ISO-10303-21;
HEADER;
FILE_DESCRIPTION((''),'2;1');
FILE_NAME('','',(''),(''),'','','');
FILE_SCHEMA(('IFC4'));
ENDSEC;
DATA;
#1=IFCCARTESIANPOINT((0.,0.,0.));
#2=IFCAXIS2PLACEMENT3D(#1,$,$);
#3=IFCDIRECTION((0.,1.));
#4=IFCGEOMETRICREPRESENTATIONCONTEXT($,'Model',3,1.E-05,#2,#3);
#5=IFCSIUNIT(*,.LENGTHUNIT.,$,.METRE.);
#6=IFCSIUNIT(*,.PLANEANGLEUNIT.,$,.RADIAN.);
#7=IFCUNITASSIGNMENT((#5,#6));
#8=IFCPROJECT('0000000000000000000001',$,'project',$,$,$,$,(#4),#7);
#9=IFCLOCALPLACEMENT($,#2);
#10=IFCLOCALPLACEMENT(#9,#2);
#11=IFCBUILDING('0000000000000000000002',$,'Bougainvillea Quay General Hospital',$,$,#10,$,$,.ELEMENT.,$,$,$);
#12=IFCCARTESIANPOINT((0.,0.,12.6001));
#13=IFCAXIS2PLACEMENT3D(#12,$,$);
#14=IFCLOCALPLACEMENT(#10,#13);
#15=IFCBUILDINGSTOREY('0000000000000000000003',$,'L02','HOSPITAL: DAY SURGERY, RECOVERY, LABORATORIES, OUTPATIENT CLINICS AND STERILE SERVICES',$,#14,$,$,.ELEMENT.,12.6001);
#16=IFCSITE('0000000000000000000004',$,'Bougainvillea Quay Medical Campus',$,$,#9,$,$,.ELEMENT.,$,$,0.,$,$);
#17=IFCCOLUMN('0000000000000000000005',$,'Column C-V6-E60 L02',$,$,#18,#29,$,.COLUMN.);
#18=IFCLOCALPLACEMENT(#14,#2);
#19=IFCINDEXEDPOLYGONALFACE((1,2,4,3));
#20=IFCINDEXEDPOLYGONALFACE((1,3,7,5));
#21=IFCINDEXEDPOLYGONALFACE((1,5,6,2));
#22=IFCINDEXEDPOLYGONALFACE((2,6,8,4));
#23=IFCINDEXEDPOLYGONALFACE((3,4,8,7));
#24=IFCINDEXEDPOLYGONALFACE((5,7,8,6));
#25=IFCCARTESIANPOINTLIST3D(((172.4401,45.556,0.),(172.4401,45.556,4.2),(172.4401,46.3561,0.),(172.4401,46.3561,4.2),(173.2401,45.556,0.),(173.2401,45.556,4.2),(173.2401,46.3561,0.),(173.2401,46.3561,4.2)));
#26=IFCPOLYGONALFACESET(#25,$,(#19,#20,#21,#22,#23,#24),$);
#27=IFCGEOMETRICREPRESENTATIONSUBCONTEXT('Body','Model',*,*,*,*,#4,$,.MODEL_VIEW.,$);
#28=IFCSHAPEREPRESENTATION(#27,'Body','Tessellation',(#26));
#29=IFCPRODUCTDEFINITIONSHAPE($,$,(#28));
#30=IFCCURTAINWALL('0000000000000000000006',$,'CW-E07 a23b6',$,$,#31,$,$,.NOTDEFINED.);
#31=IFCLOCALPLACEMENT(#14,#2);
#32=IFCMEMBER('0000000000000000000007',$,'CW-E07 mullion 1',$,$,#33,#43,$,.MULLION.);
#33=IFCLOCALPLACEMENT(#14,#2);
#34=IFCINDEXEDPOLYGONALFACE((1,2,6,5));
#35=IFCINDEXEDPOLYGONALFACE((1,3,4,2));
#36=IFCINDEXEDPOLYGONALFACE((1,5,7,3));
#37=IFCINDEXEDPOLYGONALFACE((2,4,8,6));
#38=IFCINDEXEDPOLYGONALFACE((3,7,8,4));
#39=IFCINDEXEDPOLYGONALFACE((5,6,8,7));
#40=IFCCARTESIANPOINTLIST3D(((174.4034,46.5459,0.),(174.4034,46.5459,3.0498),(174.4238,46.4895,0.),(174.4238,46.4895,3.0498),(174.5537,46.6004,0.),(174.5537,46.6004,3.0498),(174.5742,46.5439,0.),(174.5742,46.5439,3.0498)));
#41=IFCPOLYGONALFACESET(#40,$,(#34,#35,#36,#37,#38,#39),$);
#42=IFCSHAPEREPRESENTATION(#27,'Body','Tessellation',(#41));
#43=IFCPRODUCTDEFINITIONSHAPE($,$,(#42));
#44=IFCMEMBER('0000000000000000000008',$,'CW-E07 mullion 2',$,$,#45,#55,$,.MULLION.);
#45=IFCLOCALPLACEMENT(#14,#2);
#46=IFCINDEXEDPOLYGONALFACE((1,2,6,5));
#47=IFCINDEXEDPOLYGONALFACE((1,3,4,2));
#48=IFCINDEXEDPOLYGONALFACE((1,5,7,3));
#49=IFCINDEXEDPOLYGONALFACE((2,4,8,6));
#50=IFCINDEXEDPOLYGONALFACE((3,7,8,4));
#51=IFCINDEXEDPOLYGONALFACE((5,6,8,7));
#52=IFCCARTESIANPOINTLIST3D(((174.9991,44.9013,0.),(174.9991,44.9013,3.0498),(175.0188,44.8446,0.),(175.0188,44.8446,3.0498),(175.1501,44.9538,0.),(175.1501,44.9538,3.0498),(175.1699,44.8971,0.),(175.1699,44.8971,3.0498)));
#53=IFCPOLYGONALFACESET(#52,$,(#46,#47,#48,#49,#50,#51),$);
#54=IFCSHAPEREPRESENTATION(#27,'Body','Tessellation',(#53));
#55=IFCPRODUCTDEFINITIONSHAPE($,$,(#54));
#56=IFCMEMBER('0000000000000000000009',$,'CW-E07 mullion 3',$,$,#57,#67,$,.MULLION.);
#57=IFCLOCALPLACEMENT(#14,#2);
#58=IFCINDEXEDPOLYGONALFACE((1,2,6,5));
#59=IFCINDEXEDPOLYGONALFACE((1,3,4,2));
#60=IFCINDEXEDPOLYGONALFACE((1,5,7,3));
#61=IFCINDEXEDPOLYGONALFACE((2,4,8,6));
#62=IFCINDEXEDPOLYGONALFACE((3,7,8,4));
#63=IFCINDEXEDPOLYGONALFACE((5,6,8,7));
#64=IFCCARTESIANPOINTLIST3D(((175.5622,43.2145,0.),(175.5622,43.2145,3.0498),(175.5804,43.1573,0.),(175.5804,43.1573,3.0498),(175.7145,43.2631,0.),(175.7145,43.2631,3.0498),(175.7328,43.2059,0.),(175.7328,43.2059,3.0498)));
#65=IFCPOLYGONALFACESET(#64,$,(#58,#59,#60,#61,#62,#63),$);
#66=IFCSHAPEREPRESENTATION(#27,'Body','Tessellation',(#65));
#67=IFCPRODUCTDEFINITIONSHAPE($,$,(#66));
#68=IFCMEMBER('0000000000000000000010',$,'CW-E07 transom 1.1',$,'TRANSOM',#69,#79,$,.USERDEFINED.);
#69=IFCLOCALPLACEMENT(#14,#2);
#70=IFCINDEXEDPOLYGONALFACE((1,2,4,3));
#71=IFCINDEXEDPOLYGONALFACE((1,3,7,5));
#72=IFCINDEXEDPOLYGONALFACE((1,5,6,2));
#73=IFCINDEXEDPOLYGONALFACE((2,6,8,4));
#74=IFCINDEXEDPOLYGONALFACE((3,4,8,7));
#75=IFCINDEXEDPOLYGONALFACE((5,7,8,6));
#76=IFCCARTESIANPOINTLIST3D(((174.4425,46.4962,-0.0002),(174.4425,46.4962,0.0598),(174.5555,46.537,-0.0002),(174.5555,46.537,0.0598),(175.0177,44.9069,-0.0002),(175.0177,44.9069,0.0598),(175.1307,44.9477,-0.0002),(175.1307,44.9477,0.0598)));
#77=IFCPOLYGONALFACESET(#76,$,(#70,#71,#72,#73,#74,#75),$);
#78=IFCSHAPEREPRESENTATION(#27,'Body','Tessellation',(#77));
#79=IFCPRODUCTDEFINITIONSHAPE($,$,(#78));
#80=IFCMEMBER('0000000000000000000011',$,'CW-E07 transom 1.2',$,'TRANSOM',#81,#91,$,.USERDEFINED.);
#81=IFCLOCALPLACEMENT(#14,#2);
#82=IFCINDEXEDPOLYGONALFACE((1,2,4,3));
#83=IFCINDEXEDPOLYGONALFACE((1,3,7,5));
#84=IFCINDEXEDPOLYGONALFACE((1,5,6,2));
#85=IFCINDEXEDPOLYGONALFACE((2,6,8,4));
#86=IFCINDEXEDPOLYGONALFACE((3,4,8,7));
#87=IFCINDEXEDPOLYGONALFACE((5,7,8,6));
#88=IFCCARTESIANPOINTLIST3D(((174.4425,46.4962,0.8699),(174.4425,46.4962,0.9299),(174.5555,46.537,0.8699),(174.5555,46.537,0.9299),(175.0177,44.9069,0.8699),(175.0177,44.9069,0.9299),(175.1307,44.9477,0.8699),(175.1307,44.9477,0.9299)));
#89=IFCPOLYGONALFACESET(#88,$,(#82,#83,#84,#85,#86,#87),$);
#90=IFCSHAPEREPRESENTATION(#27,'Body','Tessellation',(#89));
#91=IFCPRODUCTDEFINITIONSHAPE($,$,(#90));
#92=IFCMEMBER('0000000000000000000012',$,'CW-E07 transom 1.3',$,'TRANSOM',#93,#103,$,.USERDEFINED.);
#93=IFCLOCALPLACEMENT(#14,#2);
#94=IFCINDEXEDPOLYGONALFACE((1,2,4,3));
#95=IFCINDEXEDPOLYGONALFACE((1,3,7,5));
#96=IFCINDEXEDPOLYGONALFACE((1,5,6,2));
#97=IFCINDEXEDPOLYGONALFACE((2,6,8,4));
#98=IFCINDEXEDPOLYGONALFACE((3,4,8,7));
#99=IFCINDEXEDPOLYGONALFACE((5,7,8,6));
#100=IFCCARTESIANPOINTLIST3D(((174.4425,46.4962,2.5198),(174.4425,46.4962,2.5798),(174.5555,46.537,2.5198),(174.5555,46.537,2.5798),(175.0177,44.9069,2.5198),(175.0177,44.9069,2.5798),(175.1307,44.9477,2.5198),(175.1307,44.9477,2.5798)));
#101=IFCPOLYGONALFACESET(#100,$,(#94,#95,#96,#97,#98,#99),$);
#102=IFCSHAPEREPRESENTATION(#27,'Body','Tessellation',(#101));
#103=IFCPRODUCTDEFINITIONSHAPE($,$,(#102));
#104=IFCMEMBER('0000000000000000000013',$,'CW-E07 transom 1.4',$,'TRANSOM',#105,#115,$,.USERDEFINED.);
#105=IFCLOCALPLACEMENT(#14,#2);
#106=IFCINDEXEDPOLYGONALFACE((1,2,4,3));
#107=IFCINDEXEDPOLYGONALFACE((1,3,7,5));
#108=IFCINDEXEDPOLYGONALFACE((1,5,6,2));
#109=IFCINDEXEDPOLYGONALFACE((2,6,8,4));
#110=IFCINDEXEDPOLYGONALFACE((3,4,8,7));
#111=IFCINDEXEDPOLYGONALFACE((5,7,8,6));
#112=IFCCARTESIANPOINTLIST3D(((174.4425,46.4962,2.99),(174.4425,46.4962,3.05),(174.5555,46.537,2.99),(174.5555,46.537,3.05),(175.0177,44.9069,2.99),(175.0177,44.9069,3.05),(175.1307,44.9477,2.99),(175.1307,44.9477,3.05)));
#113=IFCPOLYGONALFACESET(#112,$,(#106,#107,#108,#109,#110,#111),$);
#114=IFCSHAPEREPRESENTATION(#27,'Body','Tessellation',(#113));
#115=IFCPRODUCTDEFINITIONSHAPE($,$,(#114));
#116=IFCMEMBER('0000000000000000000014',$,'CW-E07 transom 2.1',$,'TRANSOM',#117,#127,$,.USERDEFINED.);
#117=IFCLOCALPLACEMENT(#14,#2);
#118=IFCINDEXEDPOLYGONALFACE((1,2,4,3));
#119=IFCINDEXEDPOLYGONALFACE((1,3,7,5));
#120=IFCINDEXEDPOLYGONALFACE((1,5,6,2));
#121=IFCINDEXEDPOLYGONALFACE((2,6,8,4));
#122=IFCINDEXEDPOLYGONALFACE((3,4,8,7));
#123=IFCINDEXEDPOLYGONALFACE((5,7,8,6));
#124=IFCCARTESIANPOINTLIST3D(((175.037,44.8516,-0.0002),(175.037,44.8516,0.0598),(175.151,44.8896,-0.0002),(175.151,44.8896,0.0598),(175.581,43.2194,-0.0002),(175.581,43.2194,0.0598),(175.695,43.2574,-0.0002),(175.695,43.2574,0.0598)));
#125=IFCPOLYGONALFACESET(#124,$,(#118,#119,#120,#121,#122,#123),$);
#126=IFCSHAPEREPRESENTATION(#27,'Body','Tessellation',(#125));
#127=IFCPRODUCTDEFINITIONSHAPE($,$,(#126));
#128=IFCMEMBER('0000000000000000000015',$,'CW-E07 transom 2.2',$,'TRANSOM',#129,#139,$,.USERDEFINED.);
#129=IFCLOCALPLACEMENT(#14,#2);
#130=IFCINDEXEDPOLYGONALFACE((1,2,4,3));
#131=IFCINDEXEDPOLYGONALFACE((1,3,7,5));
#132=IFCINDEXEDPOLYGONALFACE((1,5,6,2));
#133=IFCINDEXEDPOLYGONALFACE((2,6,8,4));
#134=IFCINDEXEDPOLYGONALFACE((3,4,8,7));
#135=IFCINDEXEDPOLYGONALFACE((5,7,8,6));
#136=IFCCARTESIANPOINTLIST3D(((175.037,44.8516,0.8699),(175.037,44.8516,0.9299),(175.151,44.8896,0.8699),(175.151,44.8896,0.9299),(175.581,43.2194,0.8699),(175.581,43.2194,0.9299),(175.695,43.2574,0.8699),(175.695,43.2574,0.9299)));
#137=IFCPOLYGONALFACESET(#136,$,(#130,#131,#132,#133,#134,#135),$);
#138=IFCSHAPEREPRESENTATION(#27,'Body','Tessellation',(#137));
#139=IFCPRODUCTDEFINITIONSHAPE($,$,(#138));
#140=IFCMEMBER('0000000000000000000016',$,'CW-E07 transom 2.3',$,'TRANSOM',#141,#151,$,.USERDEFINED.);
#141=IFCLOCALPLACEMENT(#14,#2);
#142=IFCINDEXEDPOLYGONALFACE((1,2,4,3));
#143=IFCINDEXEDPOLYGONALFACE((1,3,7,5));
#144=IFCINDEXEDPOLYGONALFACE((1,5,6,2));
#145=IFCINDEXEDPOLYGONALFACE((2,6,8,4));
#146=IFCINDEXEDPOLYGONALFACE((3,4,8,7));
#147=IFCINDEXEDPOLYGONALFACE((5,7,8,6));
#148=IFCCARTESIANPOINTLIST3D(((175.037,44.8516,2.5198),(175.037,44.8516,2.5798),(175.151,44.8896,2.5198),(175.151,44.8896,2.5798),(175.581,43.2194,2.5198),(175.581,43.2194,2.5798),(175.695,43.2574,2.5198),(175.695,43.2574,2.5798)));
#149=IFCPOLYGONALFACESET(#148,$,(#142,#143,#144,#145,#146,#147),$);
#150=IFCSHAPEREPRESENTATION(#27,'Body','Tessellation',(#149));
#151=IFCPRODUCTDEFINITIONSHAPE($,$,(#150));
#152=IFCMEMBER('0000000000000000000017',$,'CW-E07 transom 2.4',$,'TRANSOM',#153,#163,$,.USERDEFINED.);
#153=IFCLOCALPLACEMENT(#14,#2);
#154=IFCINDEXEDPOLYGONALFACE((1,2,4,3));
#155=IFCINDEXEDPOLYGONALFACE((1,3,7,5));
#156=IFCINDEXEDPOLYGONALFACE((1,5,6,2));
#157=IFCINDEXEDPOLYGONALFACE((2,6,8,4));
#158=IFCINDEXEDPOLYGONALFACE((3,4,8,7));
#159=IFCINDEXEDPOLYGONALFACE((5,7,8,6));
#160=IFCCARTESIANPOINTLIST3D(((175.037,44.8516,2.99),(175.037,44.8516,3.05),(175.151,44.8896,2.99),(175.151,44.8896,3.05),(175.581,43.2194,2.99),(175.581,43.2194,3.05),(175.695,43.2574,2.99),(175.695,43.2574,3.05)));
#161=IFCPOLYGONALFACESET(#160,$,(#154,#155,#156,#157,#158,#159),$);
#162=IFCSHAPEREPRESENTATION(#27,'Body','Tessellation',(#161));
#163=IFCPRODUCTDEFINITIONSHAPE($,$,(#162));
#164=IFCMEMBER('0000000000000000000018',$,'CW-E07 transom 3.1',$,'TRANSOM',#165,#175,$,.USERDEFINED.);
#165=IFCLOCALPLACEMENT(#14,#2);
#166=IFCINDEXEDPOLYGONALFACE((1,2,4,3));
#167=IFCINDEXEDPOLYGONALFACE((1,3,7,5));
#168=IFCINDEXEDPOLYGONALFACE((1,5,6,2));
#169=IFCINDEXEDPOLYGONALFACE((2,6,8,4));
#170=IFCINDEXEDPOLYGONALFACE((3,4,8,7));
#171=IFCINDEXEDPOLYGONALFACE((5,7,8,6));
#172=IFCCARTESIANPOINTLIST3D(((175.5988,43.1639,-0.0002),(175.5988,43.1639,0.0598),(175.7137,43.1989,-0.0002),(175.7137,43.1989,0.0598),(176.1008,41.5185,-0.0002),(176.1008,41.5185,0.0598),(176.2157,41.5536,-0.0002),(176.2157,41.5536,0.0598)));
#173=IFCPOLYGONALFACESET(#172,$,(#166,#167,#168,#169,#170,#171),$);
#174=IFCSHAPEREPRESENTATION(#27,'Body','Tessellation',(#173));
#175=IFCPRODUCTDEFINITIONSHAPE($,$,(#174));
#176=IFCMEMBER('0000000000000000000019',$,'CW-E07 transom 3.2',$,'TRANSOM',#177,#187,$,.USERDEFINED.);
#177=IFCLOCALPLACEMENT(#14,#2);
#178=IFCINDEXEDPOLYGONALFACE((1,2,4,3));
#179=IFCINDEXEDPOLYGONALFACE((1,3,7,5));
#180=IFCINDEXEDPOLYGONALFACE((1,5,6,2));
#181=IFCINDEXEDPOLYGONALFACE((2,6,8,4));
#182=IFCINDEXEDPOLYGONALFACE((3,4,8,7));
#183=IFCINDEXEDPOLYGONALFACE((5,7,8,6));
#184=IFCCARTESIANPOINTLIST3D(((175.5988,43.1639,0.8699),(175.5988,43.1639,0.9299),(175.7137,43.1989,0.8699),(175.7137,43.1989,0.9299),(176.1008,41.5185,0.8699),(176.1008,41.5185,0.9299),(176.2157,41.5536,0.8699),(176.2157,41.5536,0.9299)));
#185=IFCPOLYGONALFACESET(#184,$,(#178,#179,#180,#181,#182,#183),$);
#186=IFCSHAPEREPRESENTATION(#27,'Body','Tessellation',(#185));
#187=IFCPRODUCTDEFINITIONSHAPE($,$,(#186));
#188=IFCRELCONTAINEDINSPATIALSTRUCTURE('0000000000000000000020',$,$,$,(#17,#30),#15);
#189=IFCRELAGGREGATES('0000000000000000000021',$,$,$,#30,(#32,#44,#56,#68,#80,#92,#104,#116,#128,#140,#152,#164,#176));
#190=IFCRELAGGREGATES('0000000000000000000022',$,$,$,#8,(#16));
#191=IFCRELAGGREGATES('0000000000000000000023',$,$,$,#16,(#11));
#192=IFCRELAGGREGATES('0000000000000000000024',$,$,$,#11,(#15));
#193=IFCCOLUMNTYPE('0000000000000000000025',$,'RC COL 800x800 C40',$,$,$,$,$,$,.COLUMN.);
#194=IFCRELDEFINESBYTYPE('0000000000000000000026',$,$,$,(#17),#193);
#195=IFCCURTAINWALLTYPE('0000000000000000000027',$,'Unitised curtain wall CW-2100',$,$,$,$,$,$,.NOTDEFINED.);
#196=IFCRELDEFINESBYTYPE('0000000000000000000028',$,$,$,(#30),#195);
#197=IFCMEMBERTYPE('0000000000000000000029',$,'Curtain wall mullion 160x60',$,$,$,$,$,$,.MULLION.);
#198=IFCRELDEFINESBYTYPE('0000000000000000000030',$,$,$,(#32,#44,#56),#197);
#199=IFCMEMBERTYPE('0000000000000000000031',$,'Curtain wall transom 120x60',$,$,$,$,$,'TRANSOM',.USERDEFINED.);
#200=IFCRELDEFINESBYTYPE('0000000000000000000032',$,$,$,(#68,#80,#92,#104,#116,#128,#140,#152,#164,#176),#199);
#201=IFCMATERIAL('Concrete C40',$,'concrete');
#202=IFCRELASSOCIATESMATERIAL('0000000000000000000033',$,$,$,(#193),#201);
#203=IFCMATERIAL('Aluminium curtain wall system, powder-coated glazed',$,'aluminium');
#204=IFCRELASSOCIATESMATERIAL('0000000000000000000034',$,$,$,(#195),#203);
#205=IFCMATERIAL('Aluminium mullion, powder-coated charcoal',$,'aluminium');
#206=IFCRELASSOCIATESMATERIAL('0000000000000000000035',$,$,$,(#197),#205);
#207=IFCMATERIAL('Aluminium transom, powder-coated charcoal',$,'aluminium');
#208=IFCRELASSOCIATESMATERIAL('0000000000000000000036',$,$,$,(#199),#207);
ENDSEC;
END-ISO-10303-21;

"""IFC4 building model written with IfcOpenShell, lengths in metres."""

from ifc_helpers import new_model, si_unit, direction, frame, origin, origin_2d, place, context, subcontext, project, spatial, rectangle, extrude, material, material_profile, profile_set, type_object, element, aggregate, save


model = new_model("IFC4")

# Units and contexts
model_context = context("Model", 3, precision=1e-05, world=origin(), true_north=direction((0.0, 1.0)))
body_context = subcontext(model_context, "Body", "Model", "MODEL_VIEW")
ifc_project = project(units=[si_unit("LENGTHUNIT", "METRE"), si_unit("PLANEANGLEUNIT", "RADIAN")], contexts=[model_context])

# Site, building, storey
site_placement = place(None, origin())
site = spatial("IfcSite", under=ifc_project, at=site_placement, Name="Bougainvillea Quay Medical Campus", CompositionType="ELEMENT", RefElevation=0.0)
building_placement = place(site_placement, origin())
building = spatial("IfcBuilding", under=site, at=building_placement, Name="Bougainvillea Quay General Hospital", CompositionType="ELEMENT")
storey_placement = place(building_placement, frame((0.0, 0.0, 12.6001)))
storey = spatial("IfcBuildingStorey", under=building, at=storey_placement, Name="L02", Description="HOSPITAL: DAY SURGERY, RECOVERY, LABORATORIES, OUTPATIENT CLINICS AND STERILE SERVICES", CompositionType="ELEMENT", Elevation=12.6001)

# Column
ifc_material_1 = material(Name="Concrete C40", Category="concrete")
ifc_material_profile_1 = material_profile(ifc_material_1, rectangle(XDim=0.8, YDim=0.8, at=origin_2d()))
ifc_profile_set_1 = profile_set([ifc_material_profile_1], Name="Concrete C40")
column_type = type_object("IfcColumnType", Name="RC COL 800x800 C40", PredefinedType="COLUMN", material=ifc_profile_set_1)
column_placement = place(storey_placement, frame((172.8401, 45.9561, 0.0), z_axis=(0.0, 0.0, 1.0), x_axis=(1.0, 0.0, 0.0)))
element("IfcColumn", 1, at=column_placement, inside=storey, type_object=column_type, Name="Column C-V6-E60 L02", PredefinedType="COLUMN", context=body_context, shape_type="SweptSolid", body=[
    extrude(rectangle(XDim=0.8, YDim=0.8, at=origin_2d()), origin(), (0.0, 0.0, 1.0), 4.2),
])

# Curtain wall, members
ifc_material_2 = material(Name="Aluminium curtain wall system, powder-coated glazed", Category="aluminium")
curtain_wall_type = type_object("IfcCurtainWallType", Name="Unitised curtain wall CW-2100", PredefinedType="NOTDEFINED", material=ifc_material_2)
curtain_wall_placement = place(storey_placement, origin())
curtain_wall = element("IfcCurtainWall", 2, at=curtain_wall_placement, inside=storey, type_object=curtain_wall_type, Name="CW-E07 a23b6", PredefinedType="NOTDEFINED")
ifc_material_3 = material(Name="Aluminium mullion, powder-coated charcoal", Category="aluminium")
ifc_material_profile_2 = material_profile(ifc_material_3, rectangle(XDim=0.1599, YDim=0.0601, at=origin_2d()))
ifc_profile_set_2 = profile_set([ifc_material_profile_2], Name="Aluminium mullion, powder-coated charcoal")
member_type_1 = type_object("IfcMemberType", Name="Curtain wall mullion 160x60", PredefinedType="MULLION", material=ifc_profile_set_2)
member_1_placement = place(storey_placement, frame((174.4888, 46.5449, 0.0), z_axis=(0.0, 0.0, 1.0), x_axis=(0.940307, 0.340327, 0.0)))
member_1 = element("IfcMember", 3, at=member_1_placement, type_object=member_type_1, Name="CW-E07 mullion 1", PredefinedType="MULLION", context=body_context, shape_type="SweptSolid", body=[
    extrude(rectangle(XDim=0.1599, YDim=0.0601, at=origin_2d()), origin(), (0.0, 0.0, 1.0), 3.0498),
])
member_2_placement = place(storey_placement, frame((175.0845, 44.8992, 0.0), z_axis=(0.0, 0.0, 1.0), x_axis=(0.944574, 0.3283, 0.0)))
member_2 = element("IfcMember", 4, at=member_2_placement, type_object=member_type_1, Name="CW-E07 mullion 2", PredefinedType="MULLION", context=body_context, shape_type="SweptSolid", body=[
    extrude(rectangle(XDim=0.1599, YDim=0.0601, at=origin_2d()), origin(), (0.0, 0.0, 1.0), 3.0498),
])
member_3_placement = place(storey_placement, frame((175.6475, 43.2102, 0.0), z_axis=(0.0, 0.0, 1.0), x_axis=(0.952644, 0.304086, 0.0)))
member_3 = element("IfcMember", 5, at=member_3_placement, type_object=member_type_1, Name="CW-E07 mullion 3", PredefinedType="MULLION", context=body_context, shape_type="SweptSolid", body=[
    extrude(rectangle(XDim=0.1599, YDim=0.0601, at=origin_2d()), origin(), (0.0, 0.0, 1.0), 3.0498),
])
ifc_material_4 = material(Name="Aluminium transom, powder-coated charcoal", Category="aluminium")
ifc_material_profile_3 = material_profile(ifc_material_4, rectangle(XDim=0.1201, YDim=0.0601, at=origin_2d()))
ifc_profile_set_3 = profile_set([ifc_material_profile_3], Name="Aluminium transom, powder-coated charcoal")
member_type_2 = type_object("IfcMemberType", Name="Curtain wall transom 120x60", ElementType="TRANSOM", PredefinedType="USERDEFINED", material=ifc_profile_set_3)
member_4_placement = place(storey_placement, frame((174.499, 46.5166, 0.0298), z_axis=(0.340305, -0.940315, 0.0), x_axis=(0.940315, 0.340305, 0.0)))
member_4 = element("IfcMember", 6, at=member_4_placement, type_object=member_type_2, Name="CW-E07 transom 1.1", ObjectType="TRANSOM", PredefinedType="USERDEFINED", context=body_context, shape_type="SweptSolid", body=[
    extrude(rectangle(XDim=0.1201, YDim=0.0601, at=origin_2d()), origin(), (0.0, 0.0, 1.0), 1.6902),
])
member_5_placement = place(storey_placement, frame((174.499, 46.5166, 0.8999), z_axis=(0.340305, -0.940315, 0.0), x_axis=(0.940315, 0.340305, 0.0)))
member_5 = element("IfcMember", 7, at=member_5_placement, type_object=member_type_2, Name="CW-E07 transom 1.2", ObjectType="TRANSOM", PredefinedType="USERDEFINED", context=body_context, shape_type="SweptSolid", body=[
    extrude(rectangle(XDim=0.1201, YDim=0.0601, at=origin_2d()), origin(), (0.0, 0.0, 1.0), 1.6902),
])
member_6_placement = place(storey_placement, frame((174.499, 46.5166, 2.5498), z_axis=(0.340305, -0.940315, 0.0), x_axis=(0.940315, 0.340305, 0.0)))
member_6 = element("IfcMember", 8, at=member_6_placement, type_object=member_type_2, Name="CW-E07 transom 1.3", ObjectType="TRANSOM", PredefinedType="USERDEFINED", context=body_context, shape_type="SweptSolid", body=[
    extrude(rectangle(XDim=0.1201, YDim=0.0601, at=origin_2d()), origin(), (0.0, 0.0, 1.0), 1.6902),
])
member_7_placement = place(storey_placement, frame((174.499, 46.5166, 3.02), z_axis=(0.340305, -0.940315, 0.0), x_axis=(0.940315, 0.340305, 0.0)))
member_7 = element("IfcMember", 9, at=member_7_placement, type_object=member_type_2, Name="CW-E07 transom 1.4", ObjectType="TRANSOM", PredefinedType="USERDEFINED", context=body_context, shape_type="SweptSolid", body=[
    extrude(rectangle(XDim=0.1201, YDim=0.0601, at=origin_2d()), origin(), (0.0, 0.0, 1.0), 1.6902),
])
member_8_placement = place(storey_placement, frame((175.094, 44.8706, 0.0298), z_axis=(0.316185, -0.948697, 0.0), x_axis=(0.948697, 0.316185, 0.0)))
member_8 = element("IfcMember", 10, at=member_8_placement, type_object=member_type_2, Name="CW-E07 transom 2.1", ObjectType="TRANSOM", PredefinedType="USERDEFINED", context=body_context, shape_type="SweptSolid", body=[
    extrude(rectangle(XDim=0.1201, YDim=0.0601, at=origin_2d()), origin(), (0.0, 0.0, 1.0), 1.7205),
])
member_9_placement = place(storey_placement, frame((175.094, 44.8706, 0.8999), z_axis=(0.316185, -0.948697, 0.0), x_axis=(0.948697, 0.316185, 0.0)))
member_9 = element("IfcMember", 11, at=member_9_placement, type_object=member_type_2, Name="CW-E07 transom 2.2", ObjectType="TRANSOM", PredefinedType="USERDEFINED", context=body_context, shape_type="SweptSolid", body=[
    extrude(rectangle(XDim=0.1201, YDim=0.0601, at=origin_2d()), origin(), (0.0, 0.0, 1.0), 1.7205),
])
member_10_placement = place(storey_placement, frame((175.094, 44.8706, 2.5498), z_axis=(0.316185, -0.948697, 0.0), x_axis=(0.948697, 0.316185, 0.0)))
member_10 = element("IfcMember", 12, at=member_10_placement, type_object=member_type_2, Name="CW-E07 transom 2.3", ObjectType="TRANSOM", PredefinedType="USERDEFINED", context=body_context, shape_type="SweptSolid", body=[
    extrude(rectangle(XDim=0.1201, YDim=0.0601, at=origin_2d()), origin(), (0.0, 0.0, 1.0), 1.7205),
])
member_11_placement = place(storey_placement, frame((175.094, 44.8706, 3.02), z_axis=(0.316185, -0.948697, 0.0), x_axis=(0.948697, 0.316185, 0.0)))
member_11 = element("IfcMember", 13, at=member_11_placement, type_object=member_type_2, Name="CW-E07 transom 2.4", ObjectType="TRANSOM", PredefinedType="USERDEFINED", context=body_context, shape_type="SweptSolid", body=[
    extrude(rectangle(XDim=0.1201, YDim=0.0601, at=origin_2d()), origin(), (0.0, 0.0, 1.0), 1.7205),
])
member_12_placement = place(storey_placement, frame((175.6562, 43.1814, 0.0298), z_axis=(0.291811, -0.956476, 0.0), x_axis=(0.956476, 0.291811, 0.0)))
member_12 = element("IfcMember", 14, at=member_12_placement, type_object=member_type_2, Name="CW-E07 transom 3.1", ObjectType="TRANSOM", PredefinedType="USERDEFINED", context=body_context, shape_type="SweptSolid", body=[
    extrude(rectangle(XDim=0.1201, YDim=0.0601, at=origin_2d()), origin(), (0.0, 0.0, 1.0), 1.7202),
])
member_13_placement = place(storey_placement, frame((175.6562, 43.1814, 0.8999), z_axis=(0.291811, -0.956476, 0.0), x_axis=(0.956476, 0.291811, 0.0)))
member_13 = element("IfcMember", 15, at=member_13_placement, type_object=member_type_2, Name="CW-E07 transom 3.2", ObjectType="TRANSOM", PredefinedType="USERDEFINED", context=body_context, shape_type="SweptSolid", body=[
    extrude(rectangle(XDim=0.1201, YDim=0.0601, at=origin_2d()), origin(), (0.0, 0.0, 1.0), 1.7202),
])
aggregate(curtain_wall, [member_1, member_2, member_3, member_4, member_5, member_6, member_7, member_8, member_9, member_10, member_11, member_12, member_13])

save(model, "model.ifc")
